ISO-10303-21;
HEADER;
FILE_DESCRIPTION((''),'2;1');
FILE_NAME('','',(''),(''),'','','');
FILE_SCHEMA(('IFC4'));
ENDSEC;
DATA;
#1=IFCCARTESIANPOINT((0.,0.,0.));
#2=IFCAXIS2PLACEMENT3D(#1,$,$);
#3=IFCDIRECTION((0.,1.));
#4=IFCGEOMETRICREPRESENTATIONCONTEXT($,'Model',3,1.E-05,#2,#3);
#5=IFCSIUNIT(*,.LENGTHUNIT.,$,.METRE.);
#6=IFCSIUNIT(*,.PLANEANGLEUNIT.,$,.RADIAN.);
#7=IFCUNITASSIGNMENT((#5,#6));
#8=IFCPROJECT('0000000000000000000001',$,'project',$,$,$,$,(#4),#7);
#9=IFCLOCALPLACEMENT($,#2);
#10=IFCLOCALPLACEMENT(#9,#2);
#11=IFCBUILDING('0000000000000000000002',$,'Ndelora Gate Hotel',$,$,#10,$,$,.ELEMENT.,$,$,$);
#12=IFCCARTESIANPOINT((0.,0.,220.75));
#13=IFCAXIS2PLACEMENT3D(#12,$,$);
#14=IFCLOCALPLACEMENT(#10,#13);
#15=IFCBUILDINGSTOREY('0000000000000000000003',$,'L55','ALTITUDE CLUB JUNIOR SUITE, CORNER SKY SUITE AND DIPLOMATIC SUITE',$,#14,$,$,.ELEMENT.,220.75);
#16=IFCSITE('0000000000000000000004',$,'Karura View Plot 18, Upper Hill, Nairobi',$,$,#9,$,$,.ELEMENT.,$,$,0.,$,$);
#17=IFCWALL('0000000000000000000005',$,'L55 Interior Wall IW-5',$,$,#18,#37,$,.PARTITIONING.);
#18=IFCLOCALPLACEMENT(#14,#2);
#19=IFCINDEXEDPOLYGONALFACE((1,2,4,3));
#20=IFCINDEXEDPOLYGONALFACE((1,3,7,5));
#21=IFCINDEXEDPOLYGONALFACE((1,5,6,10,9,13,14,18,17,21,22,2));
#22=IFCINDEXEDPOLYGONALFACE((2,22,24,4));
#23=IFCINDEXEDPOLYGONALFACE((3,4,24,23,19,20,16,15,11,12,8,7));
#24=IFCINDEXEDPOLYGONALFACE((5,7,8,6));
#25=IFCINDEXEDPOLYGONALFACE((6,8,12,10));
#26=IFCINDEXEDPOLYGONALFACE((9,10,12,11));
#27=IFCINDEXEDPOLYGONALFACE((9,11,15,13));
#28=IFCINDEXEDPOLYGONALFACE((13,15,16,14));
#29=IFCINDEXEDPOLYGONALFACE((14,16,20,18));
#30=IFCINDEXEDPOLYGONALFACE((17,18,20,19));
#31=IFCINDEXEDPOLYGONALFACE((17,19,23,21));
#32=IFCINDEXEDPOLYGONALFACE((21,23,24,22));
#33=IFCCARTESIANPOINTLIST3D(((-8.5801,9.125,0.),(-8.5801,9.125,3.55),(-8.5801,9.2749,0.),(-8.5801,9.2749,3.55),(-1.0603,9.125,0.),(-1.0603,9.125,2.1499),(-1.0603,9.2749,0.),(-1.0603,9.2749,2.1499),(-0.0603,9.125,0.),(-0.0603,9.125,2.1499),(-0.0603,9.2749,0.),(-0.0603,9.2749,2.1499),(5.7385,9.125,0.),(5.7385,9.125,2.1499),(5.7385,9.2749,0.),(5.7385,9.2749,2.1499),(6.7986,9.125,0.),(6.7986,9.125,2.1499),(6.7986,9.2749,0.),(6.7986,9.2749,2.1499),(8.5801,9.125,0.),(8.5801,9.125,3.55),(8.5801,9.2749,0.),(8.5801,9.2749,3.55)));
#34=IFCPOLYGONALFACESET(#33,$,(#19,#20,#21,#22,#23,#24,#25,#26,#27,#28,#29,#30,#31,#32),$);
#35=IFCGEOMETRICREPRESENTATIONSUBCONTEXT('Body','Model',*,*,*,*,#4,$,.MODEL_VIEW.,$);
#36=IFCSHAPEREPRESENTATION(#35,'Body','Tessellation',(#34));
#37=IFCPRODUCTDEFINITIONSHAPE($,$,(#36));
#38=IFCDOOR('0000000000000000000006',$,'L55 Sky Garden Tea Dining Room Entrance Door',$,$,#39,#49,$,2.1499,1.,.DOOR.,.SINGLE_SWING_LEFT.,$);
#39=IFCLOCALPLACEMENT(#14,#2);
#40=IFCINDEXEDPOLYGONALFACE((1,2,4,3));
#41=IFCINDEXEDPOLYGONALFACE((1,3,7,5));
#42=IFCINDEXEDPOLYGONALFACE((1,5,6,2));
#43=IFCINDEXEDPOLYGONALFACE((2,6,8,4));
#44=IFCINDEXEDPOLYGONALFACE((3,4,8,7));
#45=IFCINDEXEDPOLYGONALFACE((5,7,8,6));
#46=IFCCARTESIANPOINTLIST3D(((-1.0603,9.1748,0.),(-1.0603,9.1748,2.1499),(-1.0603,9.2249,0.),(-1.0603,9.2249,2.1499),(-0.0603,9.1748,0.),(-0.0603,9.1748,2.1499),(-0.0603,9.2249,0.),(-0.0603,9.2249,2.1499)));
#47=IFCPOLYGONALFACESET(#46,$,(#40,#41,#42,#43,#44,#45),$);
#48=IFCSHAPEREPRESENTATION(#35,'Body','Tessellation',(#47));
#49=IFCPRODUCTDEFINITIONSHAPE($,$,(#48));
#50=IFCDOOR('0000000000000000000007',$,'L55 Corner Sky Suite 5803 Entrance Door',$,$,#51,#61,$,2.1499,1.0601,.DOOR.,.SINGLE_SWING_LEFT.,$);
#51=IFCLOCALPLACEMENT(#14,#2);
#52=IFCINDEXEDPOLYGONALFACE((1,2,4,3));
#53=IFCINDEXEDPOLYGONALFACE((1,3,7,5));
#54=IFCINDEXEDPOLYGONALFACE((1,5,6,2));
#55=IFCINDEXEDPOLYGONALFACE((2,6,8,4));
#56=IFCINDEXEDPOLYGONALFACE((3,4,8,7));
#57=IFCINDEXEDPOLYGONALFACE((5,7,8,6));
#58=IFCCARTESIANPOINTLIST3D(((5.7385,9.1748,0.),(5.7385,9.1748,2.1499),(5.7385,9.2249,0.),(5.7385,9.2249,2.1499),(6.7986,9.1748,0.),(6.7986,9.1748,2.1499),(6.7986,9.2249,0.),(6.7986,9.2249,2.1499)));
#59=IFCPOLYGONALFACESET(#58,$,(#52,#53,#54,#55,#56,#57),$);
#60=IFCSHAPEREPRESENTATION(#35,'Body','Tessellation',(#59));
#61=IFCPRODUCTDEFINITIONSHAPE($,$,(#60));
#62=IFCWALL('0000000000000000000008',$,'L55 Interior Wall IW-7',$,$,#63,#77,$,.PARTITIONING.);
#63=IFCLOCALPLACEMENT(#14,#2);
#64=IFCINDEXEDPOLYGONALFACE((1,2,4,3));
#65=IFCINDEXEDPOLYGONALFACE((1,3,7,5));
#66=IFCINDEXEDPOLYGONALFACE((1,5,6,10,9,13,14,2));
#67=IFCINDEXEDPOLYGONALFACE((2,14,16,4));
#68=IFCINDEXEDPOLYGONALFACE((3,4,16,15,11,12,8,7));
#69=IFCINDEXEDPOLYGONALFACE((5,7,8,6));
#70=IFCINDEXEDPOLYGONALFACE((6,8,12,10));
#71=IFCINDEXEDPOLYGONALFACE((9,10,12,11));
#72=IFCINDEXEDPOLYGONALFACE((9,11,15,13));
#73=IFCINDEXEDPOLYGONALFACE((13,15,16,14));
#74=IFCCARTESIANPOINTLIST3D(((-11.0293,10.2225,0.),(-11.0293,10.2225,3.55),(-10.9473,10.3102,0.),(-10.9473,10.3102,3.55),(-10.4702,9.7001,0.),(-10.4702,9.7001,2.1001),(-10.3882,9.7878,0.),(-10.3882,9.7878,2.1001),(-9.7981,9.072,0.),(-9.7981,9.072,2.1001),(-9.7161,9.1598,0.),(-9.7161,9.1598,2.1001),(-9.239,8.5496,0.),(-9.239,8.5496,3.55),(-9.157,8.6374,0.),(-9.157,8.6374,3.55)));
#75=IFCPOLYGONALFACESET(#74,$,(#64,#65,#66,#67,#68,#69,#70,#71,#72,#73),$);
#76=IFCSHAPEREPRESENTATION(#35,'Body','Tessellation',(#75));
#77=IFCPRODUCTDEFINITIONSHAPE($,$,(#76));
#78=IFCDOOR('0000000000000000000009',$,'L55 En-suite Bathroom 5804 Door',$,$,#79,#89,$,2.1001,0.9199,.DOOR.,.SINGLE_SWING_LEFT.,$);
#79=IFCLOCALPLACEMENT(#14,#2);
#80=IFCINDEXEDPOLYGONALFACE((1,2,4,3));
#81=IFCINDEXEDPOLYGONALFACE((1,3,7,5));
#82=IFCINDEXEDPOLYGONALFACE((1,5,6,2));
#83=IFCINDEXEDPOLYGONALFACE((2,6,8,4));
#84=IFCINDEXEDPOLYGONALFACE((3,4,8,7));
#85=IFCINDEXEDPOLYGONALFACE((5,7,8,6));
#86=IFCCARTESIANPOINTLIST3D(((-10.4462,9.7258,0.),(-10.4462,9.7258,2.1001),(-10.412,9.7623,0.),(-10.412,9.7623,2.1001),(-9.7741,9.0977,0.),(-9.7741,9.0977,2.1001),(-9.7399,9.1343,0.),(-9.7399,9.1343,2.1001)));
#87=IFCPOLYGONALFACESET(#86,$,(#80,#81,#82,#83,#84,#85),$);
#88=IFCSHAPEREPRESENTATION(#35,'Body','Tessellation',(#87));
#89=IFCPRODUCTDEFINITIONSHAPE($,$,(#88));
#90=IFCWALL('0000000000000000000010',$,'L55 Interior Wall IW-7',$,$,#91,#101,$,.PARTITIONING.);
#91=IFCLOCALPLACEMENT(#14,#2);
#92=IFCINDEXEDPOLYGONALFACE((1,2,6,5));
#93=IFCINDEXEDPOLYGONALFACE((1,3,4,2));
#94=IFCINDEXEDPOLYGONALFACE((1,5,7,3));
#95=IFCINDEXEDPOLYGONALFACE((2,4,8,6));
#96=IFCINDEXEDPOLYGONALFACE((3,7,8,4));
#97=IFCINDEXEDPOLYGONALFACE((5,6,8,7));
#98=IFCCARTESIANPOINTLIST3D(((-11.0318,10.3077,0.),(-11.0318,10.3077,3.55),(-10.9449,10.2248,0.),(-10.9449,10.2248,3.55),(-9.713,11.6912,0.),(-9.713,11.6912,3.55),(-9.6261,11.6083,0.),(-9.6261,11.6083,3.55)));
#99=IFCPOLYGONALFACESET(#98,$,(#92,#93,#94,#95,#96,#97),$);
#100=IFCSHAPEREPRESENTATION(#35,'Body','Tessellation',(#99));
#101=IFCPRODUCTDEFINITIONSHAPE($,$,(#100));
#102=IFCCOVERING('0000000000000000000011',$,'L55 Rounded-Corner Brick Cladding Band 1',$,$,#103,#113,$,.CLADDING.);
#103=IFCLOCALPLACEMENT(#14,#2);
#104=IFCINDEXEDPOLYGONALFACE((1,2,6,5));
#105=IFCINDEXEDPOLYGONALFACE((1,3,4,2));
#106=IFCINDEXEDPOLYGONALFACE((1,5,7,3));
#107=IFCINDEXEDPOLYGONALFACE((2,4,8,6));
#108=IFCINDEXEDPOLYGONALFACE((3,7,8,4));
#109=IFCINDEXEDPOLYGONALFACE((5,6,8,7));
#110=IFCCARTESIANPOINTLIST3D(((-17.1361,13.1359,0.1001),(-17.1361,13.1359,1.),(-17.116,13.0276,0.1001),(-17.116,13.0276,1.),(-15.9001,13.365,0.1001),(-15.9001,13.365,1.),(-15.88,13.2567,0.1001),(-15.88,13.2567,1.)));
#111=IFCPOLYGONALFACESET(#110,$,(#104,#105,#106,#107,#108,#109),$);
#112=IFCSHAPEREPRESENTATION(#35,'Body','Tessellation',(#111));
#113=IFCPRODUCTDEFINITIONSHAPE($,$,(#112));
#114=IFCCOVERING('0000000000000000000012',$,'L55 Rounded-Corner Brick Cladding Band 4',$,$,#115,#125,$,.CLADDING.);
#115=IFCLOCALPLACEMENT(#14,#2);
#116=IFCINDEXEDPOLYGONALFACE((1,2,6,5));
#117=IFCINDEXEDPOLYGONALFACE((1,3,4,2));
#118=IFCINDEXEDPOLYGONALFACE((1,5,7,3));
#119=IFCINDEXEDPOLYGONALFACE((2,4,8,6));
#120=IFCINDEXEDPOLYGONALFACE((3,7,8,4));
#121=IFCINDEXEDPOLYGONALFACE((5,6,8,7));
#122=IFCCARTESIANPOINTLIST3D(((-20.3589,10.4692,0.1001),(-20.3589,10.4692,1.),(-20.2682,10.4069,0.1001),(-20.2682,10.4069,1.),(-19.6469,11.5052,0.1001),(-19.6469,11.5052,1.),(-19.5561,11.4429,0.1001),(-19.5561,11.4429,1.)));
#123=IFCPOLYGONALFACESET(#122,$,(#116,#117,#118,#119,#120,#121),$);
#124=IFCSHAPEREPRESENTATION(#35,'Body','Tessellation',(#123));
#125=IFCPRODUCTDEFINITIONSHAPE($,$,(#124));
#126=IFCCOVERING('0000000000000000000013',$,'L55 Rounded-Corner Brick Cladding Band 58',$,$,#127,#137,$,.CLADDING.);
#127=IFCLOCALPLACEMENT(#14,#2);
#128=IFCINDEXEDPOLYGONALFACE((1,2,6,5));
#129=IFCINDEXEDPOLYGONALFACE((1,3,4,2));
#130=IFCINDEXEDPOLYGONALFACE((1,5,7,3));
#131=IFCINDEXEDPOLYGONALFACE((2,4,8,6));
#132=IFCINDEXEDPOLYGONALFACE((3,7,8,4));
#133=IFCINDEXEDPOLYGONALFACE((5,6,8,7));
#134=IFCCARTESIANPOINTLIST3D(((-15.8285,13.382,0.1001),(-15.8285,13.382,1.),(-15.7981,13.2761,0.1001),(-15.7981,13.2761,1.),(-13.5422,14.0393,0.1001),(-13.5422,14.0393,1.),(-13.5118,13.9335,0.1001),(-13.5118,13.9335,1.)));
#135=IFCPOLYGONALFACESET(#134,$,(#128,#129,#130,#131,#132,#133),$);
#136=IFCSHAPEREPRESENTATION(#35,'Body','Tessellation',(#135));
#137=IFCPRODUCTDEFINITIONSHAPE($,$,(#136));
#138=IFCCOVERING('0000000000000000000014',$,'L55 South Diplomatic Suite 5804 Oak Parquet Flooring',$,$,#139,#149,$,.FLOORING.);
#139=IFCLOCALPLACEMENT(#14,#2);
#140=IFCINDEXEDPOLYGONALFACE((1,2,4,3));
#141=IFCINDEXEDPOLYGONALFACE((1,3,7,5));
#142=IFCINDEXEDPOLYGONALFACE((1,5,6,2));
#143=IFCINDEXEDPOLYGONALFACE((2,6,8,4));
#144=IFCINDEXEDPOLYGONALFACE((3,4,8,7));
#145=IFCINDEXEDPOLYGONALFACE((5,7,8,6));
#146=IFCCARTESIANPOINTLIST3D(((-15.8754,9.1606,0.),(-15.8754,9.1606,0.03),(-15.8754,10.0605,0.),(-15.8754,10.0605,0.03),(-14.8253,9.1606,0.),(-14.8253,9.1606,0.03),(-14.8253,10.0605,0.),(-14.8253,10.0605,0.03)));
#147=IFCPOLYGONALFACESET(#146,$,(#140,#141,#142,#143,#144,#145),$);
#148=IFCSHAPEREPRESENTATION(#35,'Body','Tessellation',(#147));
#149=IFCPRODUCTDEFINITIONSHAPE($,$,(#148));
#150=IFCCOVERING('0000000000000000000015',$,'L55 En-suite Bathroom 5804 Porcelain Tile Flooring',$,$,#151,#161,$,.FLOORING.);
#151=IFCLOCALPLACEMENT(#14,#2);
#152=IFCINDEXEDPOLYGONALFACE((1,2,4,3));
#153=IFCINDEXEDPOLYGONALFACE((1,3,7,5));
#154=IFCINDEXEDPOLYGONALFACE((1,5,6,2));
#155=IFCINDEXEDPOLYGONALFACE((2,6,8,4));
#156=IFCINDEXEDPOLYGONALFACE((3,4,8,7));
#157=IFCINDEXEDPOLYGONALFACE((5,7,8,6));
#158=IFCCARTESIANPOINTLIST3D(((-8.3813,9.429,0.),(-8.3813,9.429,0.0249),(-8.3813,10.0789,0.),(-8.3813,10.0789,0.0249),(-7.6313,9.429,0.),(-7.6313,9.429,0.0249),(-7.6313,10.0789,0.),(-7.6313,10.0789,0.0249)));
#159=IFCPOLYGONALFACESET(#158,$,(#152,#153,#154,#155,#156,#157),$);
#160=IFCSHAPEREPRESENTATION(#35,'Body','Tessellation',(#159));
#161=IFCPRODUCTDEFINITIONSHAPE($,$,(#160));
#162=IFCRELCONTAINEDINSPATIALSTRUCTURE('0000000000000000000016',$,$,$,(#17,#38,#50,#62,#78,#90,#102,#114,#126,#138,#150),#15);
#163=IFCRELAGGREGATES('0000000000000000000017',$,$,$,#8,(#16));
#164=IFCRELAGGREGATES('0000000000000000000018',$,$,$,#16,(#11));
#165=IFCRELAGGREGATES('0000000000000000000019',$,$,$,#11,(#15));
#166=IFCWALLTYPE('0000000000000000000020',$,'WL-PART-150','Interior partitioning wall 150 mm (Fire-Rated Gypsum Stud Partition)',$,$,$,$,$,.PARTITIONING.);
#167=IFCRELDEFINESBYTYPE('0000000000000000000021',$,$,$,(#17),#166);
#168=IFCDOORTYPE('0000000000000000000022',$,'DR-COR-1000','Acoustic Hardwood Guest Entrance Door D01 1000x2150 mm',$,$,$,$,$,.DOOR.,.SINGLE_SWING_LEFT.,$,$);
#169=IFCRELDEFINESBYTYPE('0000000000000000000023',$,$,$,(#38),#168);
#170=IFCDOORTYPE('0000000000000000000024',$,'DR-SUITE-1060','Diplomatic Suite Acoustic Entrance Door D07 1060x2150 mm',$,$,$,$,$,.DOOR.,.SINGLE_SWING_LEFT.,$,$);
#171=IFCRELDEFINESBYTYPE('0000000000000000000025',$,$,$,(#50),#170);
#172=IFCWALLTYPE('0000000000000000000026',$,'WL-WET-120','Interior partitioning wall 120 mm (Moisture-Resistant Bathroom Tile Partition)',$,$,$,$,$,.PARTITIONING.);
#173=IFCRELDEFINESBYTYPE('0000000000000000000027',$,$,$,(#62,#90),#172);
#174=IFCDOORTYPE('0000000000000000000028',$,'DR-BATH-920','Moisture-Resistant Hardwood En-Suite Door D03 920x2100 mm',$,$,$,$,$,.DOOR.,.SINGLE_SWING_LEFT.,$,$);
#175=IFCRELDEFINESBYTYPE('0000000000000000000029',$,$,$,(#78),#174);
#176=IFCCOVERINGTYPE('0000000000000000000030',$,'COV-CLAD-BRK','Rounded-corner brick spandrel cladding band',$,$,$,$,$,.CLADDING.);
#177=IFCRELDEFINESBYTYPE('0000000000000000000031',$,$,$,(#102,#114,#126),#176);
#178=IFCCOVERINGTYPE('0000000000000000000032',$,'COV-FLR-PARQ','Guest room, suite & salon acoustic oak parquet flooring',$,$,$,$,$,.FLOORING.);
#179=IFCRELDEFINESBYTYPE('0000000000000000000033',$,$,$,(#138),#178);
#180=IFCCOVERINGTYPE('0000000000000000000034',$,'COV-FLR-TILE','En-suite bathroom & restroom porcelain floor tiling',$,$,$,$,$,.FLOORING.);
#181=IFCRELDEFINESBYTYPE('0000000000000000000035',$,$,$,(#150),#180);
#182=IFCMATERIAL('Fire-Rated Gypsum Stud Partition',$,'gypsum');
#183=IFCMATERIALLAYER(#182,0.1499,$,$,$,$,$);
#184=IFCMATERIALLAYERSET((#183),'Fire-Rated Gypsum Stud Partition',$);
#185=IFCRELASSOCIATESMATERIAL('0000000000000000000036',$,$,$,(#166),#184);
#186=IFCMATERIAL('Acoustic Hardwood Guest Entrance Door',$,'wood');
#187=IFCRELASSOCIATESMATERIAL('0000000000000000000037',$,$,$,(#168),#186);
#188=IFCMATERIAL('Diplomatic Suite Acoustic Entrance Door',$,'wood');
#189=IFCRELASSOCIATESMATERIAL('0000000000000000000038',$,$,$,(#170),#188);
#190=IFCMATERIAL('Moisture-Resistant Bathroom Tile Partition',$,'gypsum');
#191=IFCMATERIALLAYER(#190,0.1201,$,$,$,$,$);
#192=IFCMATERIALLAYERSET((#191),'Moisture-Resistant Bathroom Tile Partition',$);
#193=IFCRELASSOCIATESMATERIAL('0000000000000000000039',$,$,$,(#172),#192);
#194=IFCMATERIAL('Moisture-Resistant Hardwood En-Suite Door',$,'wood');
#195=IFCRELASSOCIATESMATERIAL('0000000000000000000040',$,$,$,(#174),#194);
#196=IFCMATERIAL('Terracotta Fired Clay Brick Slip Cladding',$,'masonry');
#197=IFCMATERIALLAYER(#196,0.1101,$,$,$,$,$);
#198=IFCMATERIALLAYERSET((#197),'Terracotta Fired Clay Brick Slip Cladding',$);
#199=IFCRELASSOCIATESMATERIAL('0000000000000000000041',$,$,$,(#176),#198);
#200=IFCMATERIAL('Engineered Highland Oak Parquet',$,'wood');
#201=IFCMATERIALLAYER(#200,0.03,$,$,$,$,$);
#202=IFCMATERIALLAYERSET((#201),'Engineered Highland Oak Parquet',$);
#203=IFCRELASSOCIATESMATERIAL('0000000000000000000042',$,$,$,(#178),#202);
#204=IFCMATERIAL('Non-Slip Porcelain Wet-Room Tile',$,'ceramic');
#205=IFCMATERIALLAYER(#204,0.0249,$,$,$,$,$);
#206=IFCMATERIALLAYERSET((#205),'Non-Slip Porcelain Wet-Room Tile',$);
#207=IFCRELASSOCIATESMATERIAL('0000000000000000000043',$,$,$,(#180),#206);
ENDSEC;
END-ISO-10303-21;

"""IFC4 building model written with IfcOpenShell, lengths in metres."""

from ifc_helpers import new_model, si_unit, direction, frame, frame_2d, origin, origin_2d, place, context, subcontext, project, spatial, rectangle, extrude, material, layer, layer_set, type_object, element, fill, save


model = new_model("IFC4")

# Units and contexts
model_context = context("Model", 3, precision=1e-05, world=origin(), true_north=direction((0.0, 1.0)))
body_context = subcontext(model_context, "Body", "Model", "MODEL_VIEW")
ifc_project = project(units=[si_unit("LENGTHUNIT", "METRE"), si_unit("PLANEANGLEUNIT", "RADIAN")], contexts=[model_context])

# Site, building, storey
site_placement = place(None, origin())
site = spatial("IfcSite", under=ifc_project, at=site_placement, Name="Karura View Plot 18, Upper Hill, Nairobi", CompositionType="ELEMENT", RefElevation=0.0)
building_placement = place(site_placement, origin())
building = spatial("IfcBuilding", under=site, at=building_placement, Name="Ndelora Gate Hotel", CompositionType="ELEMENT")
storey_placement = place(building_placement, frame((0.0, 0.0, 220.75)))
storey = spatial("IfcBuildingStorey", under=building, at=storey_placement, Name="L55", Description="ALTITUDE CLUB JUNIOR SUITE, CORNER SKY SUITE AND DIPLOMATIC SUITE", CompositionType="ELEMENT", Elevation=220.75)

# Wall, openings, doors
ifc_material_1 = material(Name="Fire-Rated Gypsum Stud Partition", Category="gypsum")
ifc_layer_1 = layer(ifc_material_1, 0.1499)
ifc_layer_set_1 = layer_set([ifc_layer_1], Name="Fire-Rated Gypsum Stud Partition")
wall_type_1 = type_object("IfcWallType", Name="WL-PART-150", Description="Interior partitioning wall 150 mm (Fire-Rated Gypsum Stud Partition)", PredefinedType="PARTITIONING", material=ifc_layer_set_1)
wall_1_placement = place(storey_placement, frame((-8.5801, 9.2, 0.0), z_axis=(0.0, 0.0, 1.0), x_axis=(1.0, 0.0, 0.0)))
wall_1 = element("IfcWall", 1, at=wall_1_placement, inside=storey, type_object=wall_type_1, Name="L55 Interior Wall IW-5", PredefinedType="PARTITIONING", context=body_context, shape_type="SweptSolid", body=[
    extrude(rectangle(XDim=17.1602, YDim=0.1499, at=frame_2d((8.5801, 0.0))), origin(), (0.0, 0.0, 1.0), 3.55),
])
opening_1_placement = place(wall_1_placement, frame((7.5198, 0.0, 0.0)))
opening_1 = element("IfcOpeningElement", 2, at=opening_1_placement, cuts=wall_1, PredefinedType="OPENING", context=body_context, shape_type="SweptSolid", body=[
    extrude(rectangle(XDim=1.0, YDim=2.1499, at=frame_2d((0.5, 1.075))), frame((0.0, 0.085, 0.0), z_axis=(0.0, -1.0, 0.0), x_axis=(1.0, 0.0, 0.0)), (0.0, 0.0, 1.0), 0.1699),
])
opening_2_placement = place(wall_1_placement, frame((14.3186, 0.0, 0.0)))
opening_2 = element("IfcOpeningElement", 3, at=opening_2_placement, cuts=wall_1, PredefinedType="OPENING", context=body_context, shape_type="SweptSolid", body=[
    extrude(rectangle(XDim=1.0601, YDim=2.1499, at=frame_2d((0.53, 1.075))), frame((0.0, 0.085, 0.0), z_axis=(0.0, -1.0, 0.0), x_axis=(1.0, 0.0, 0.0)), (0.0, 0.0, 1.0), 0.1699),
])
ifc_material_2 = material(Name="Acoustic Hardwood Guest Entrance Door", Category="wood")
door_type_1 = type_object("IfcDoorType", Name="DR-COR-1000", Description="Acoustic Hardwood Guest Entrance Door D01 1000x2150 mm", OperationType="SINGLE_SWING_LEFT", PredefinedType="DOOR", material=ifc_material_2)
door_1_placement = place(opening_1_placement, origin())
door_1 = element("IfcDoor", 4, at=door_1_placement, inside=storey, type_object=door_type_1, Name="L55 Sky Garden Tea Dining Room Entrance Door", OperationType="SINGLE_SWING_LEFT", OverallHeight=2.1499, OverallWidth=1.0, PredefinedType="DOOR", context=body_context, shape_type="SweptSolid", body=[
    extrude(rectangle(XDim=1.0, YDim=2.1499, at=frame_2d((0.5, 1.075))), frame((0.0, 0.0249, 0.0), z_axis=(0.0, -1.0, 0.0), x_axis=(1.0, 0.0, 0.0)), (0.0, 0.0, 1.0), 0.05),
])
fill(opening_1, door_1)
ifc_material_3 = material(Name="Diplomatic Suite Acoustic Entrance Door", Category="wood")
door_type_2 = type_object("IfcDoorType", Name="DR-SUITE-1060", Description="Diplomatic Suite Acoustic Entrance Door D07 1060x2150 mm", OperationType="SINGLE_SWING_LEFT", PredefinedType="DOOR", material=ifc_material_3)
door_2_placement = place(opening_2_placement, origin())
door_2 = element("IfcDoor", 5, at=door_2_placement, inside=storey, type_object=door_type_2, Name="L55 Corner Sky Suite 5803 Entrance Door", OperationType="SINGLE_SWING_LEFT", OverallHeight=2.1499, OverallWidth=1.0601, PredefinedType="DOOR", context=body_context, shape_type="SweptSolid", body=[
    extrude(rectangle(XDim=1.0601, YDim=2.1499, at=frame_2d((0.53, 1.075))), frame((0.0, 0.0249, 0.0), z_axis=(0.0, -1.0, 0.0), x_axis=(1.0, 0.0, 0.0)), (0.0, 0.0, 1.0), 0.05),
])
fill(opening_2, door_2)

# Wall, opening, door
ifc_material_4 = material(Name="Moisture-Resistant Bathroom Tile Partition", Category="gypsum")
ifc_layer_2 = layer(ifc_material_4, 0.1201)
ifc_layer_set_2 = layer_set([ifc_layer_2], Name="Moisture-Resistant Bathroom Tile Partition")
wall_type_2 = type_object("IfcWallType", Name="WL-WET-120", Description="Interior partitioning wall 120 mm (Moisture-Resistant Bathroom Tile Partition)", PredefinedType="PARTITIONING", material=ifc_layer_set_2)
wall_2_placement = place(storey_placement, frame((-9.198, 8.5935, 0.0), z_axis=(0.0, 0.0, 1.0), x_axis=(-0.730664, 0.682737, 0.0)))
wall_2 = element("IfcWall", 6, at=wall_2_placement, inside=storey, type_object=wall_type_2, Name="L55 Interior Wall IW-7", PredefinedType="PARTITIONING", context=body_context, shape_type="SweptSolid", body=[
    extrude(rectangle(XDim=2.4502, YDim=0.1201, at=frame_2d((1.2251, 0.0))), origin(), (0.0, 0.0, 1.0), 3.55),
])
opening_3_placement = place(wall_2_placement, frame((0.7651, 0.0, 0.0)))
opening_3 = element("IfcOpeningElement", 7, at=opening_3_placement, cuts=wall_2, PredefinedType="OPENING", context=body_context, shape_type="SweptSolid", body=[
    extrude(rectangle(XDim=0.9199, YDim=2.1001, at=frame_2d((0.46, 1.05))), frame((0.0, 0.0701, 0.0), z_axis=(0.0, -1.0, 0.0), x_axis=(1.0, 0.0, 0.0)), (0.0, 0.0, 1.0), 0.1401),
])
ifc_material_5 = material(Name="Moisture-Resistant Hardwood En-Suite Door", Category="wood")
door_type_3 = type_object("IfcDoorType", Name="DR-BATH-920", Description="Moisture-Resistant Hardwood En-Suite Door D03 920x2100 mm", OperationType="SINGLE_SWING_LEFT", PredefinedType="DOOR", material=ifc_material_5)
door_3_placement = place(opening_3_placement, origin())
door_3 = element("IfcDoor", 8, at=door_3_placement, inside=storey, type_object=door_type_3, Name="L55 En-suite Bathroom 5804 Door", OperationType="SINGLE_SWING_LEFT", OverallHeight=2.1001, OverallWidth=0.9199, PredefinedType="DOOR", context=body_context, shape_type="SweptSolid", body=[
    extrude(rectangle(XDim=0.9199, YDim=2.1001, at=frame_2d((0.46, 1.05))), frame((0.0, 0.0249, 0.0), z_axis=(0.0, -1.0, 0.0), x_axis=(1.0, 0.0, 0.0)), (0.0, 0.0, 1.0), 0.05),
])
fill(opening_3, door_3)

# Wall
wall_3_placement = place(storey_placement, frame((-10.9883, 10.2664, 0.0), z_axis=(0.0, 0.0, 1.0), x_axis=(0.68998, 0.723828, 0.0)))
element("IfcWall", 9, at=wall_3_placement, inside=storey, type_object=wall_type_2, Name="L55 Interior Wall IW-7", PredefinedType="PARTITIONING", context=body_context, shape_type="SweptSolid", body=[
    extrude(rectangle(XDim=1.9114, YDim=0.1201, at=frame_2d((0.9556, 0.0))), origin(), (0.0, 0.0, 1.0), 3.55),
])

# Coverings
ifc_material_6 = material(Name="Terracotta Fired Clay Brick Slip Cladding", Category="masonry")
ifc_layer_3 = layer(ifc_material_6, 0.1101)
ifc_layer_set_3 = layer_set([ifc_layer_3], Name="Terracotta Fired Clay Brick Slip Cladding")
covering_type_1 = type_object("IfcCoveringType", Name="COV-CLAD-BRK", Description="Rounded-corner brick spandrel cladding band", PredefinedType="CLADDING", material=ifc_layer_set_3)
for number, where, z_axis, x_axis, name in (
    (10, (-16.5081, 13.1963, 0.1001), (0.0, 0.0, 1.0), (0.983255, 0.182236, 0.0), "L55 Rounded-Corner Brick Cladding Band 1"),
    (11, (-19.9575, 10.9561, 0.1001), (0.0, 0.0, 1.0), (0.566406, 0.824126, 0.0), "L55 Rounded-Corner Brick Cladding Band 4"),
):
    element("IfcCovering", number, at=place(storey_placement, frame(where, z_axis=z_axis, x_axis=x_axis)), inside=storey, type_object=covering_type_1, Name=name, PredefinedType="CLADDING", context=body_context, shape_type="SweptSolid", body=[
        extrude(rectangle(XDim=1.2571, YDim=0.1101, at=origin_2d()), origin(), (0.0, 0.0, 1.0), 0.8999),
    ])
covering_1_placement = place(storey_placement, frame((-14.6702, 13.6577, 0.1001), z_axis=(0.0, 0.0, 1.0), x_axis=(0.961069, 0.276308, 0.0)))
element("IfcCovering", 12, at=covering_1_placement, inside=storey, type_object=covering_type_1, Name="L55 Rounded-Corner Brick Cladding Band 58", PredefinedType="CLADDING", context=body_context, shape_type="SweptSolid", body=[
    extrude(rectangle(XDim=2.3789, YDim=0.1101, at=origin_2d()), origin(), (0.0, 0.0, 1.0), 0.8999),
])
ifc_material_7 = material(Name="Engineered Highland Oak Parquet", Category="wood")
ifc_layer_4 = layer(ifc_material_7, 0.03)
ifc_layer_set_4 = layer_set([ifc_layer_4], Name="Engineered Highland Oak Parquet")
covering_type_2 = type_object("IfcCoveringType", Name="COV-FLR-PARQ", Description="Guest room, suite & salon acoustic oak parquet flooring", PredefinedType="FLOORING", material=ifc_layer_set_4)
covering_2_placement = place(storey_placement, frame((-15.3503, 9.6106, 0.0), z_axis=(0.0, 0.0, 1.0), x_axis=(1.0, 0.0, 0.0)))
element("IfcCovering", 13, at=covering_2_placement, inside=storey, type_object=covering_type_2, Name="L55 South Diplomatic Suite 5804 Oak Parquet Flooring", PredefinedType="FLOORING", context=body_context, shape_type="SweptSolid", body=[
    extrude(rectangle(XDim=1.05, YDim=0.8999, at=origin_2d()), origin(), (0.0, 0.0, 1.0), 0.03),
])
ifc_material_8 = material(Name="Non-Slip Porcelain Wet-Room Tile", Category="ceramic")
ifc_layer_5 = layer(ifc_material_8, 0.0249)
ifc_layer_set_5 = layer_set([ifc_layer_5], Name="Non-Slip Porcelain Wet-Room Tile")
covering_type_3 = type_object("IfcCoveringType", Name="COV-FLR-TILE", Description="En-suite bathroom & restroom porcelain floor tiling", PredefinedType="FLOORING", material=ifc_layer_set_5)
covering_3_placement = place(storey_placement, frame((-8.0063, 9.7539, 0.0), z_axis=(0.0, 0.0, 1.0), x_axis=(1.0, 0.0, 0.0)))
element("IfcCovering", 14, at=covering_3_placement, inside=storey, type_object=covering_type_3, Name="L55 En-suite Bathroom 5804 Porcelain Tile Flooring", PredefinedType="FLOORING", context=body_context, shape_type="SweptSolid", body=[
    extrude(rectangle(XDim=0.75, YDim=0.6499, at=origin_2d()), origin(), (0.0, 0.0, 1.0), 0.0249),
])

save(model, "model.ifc")
